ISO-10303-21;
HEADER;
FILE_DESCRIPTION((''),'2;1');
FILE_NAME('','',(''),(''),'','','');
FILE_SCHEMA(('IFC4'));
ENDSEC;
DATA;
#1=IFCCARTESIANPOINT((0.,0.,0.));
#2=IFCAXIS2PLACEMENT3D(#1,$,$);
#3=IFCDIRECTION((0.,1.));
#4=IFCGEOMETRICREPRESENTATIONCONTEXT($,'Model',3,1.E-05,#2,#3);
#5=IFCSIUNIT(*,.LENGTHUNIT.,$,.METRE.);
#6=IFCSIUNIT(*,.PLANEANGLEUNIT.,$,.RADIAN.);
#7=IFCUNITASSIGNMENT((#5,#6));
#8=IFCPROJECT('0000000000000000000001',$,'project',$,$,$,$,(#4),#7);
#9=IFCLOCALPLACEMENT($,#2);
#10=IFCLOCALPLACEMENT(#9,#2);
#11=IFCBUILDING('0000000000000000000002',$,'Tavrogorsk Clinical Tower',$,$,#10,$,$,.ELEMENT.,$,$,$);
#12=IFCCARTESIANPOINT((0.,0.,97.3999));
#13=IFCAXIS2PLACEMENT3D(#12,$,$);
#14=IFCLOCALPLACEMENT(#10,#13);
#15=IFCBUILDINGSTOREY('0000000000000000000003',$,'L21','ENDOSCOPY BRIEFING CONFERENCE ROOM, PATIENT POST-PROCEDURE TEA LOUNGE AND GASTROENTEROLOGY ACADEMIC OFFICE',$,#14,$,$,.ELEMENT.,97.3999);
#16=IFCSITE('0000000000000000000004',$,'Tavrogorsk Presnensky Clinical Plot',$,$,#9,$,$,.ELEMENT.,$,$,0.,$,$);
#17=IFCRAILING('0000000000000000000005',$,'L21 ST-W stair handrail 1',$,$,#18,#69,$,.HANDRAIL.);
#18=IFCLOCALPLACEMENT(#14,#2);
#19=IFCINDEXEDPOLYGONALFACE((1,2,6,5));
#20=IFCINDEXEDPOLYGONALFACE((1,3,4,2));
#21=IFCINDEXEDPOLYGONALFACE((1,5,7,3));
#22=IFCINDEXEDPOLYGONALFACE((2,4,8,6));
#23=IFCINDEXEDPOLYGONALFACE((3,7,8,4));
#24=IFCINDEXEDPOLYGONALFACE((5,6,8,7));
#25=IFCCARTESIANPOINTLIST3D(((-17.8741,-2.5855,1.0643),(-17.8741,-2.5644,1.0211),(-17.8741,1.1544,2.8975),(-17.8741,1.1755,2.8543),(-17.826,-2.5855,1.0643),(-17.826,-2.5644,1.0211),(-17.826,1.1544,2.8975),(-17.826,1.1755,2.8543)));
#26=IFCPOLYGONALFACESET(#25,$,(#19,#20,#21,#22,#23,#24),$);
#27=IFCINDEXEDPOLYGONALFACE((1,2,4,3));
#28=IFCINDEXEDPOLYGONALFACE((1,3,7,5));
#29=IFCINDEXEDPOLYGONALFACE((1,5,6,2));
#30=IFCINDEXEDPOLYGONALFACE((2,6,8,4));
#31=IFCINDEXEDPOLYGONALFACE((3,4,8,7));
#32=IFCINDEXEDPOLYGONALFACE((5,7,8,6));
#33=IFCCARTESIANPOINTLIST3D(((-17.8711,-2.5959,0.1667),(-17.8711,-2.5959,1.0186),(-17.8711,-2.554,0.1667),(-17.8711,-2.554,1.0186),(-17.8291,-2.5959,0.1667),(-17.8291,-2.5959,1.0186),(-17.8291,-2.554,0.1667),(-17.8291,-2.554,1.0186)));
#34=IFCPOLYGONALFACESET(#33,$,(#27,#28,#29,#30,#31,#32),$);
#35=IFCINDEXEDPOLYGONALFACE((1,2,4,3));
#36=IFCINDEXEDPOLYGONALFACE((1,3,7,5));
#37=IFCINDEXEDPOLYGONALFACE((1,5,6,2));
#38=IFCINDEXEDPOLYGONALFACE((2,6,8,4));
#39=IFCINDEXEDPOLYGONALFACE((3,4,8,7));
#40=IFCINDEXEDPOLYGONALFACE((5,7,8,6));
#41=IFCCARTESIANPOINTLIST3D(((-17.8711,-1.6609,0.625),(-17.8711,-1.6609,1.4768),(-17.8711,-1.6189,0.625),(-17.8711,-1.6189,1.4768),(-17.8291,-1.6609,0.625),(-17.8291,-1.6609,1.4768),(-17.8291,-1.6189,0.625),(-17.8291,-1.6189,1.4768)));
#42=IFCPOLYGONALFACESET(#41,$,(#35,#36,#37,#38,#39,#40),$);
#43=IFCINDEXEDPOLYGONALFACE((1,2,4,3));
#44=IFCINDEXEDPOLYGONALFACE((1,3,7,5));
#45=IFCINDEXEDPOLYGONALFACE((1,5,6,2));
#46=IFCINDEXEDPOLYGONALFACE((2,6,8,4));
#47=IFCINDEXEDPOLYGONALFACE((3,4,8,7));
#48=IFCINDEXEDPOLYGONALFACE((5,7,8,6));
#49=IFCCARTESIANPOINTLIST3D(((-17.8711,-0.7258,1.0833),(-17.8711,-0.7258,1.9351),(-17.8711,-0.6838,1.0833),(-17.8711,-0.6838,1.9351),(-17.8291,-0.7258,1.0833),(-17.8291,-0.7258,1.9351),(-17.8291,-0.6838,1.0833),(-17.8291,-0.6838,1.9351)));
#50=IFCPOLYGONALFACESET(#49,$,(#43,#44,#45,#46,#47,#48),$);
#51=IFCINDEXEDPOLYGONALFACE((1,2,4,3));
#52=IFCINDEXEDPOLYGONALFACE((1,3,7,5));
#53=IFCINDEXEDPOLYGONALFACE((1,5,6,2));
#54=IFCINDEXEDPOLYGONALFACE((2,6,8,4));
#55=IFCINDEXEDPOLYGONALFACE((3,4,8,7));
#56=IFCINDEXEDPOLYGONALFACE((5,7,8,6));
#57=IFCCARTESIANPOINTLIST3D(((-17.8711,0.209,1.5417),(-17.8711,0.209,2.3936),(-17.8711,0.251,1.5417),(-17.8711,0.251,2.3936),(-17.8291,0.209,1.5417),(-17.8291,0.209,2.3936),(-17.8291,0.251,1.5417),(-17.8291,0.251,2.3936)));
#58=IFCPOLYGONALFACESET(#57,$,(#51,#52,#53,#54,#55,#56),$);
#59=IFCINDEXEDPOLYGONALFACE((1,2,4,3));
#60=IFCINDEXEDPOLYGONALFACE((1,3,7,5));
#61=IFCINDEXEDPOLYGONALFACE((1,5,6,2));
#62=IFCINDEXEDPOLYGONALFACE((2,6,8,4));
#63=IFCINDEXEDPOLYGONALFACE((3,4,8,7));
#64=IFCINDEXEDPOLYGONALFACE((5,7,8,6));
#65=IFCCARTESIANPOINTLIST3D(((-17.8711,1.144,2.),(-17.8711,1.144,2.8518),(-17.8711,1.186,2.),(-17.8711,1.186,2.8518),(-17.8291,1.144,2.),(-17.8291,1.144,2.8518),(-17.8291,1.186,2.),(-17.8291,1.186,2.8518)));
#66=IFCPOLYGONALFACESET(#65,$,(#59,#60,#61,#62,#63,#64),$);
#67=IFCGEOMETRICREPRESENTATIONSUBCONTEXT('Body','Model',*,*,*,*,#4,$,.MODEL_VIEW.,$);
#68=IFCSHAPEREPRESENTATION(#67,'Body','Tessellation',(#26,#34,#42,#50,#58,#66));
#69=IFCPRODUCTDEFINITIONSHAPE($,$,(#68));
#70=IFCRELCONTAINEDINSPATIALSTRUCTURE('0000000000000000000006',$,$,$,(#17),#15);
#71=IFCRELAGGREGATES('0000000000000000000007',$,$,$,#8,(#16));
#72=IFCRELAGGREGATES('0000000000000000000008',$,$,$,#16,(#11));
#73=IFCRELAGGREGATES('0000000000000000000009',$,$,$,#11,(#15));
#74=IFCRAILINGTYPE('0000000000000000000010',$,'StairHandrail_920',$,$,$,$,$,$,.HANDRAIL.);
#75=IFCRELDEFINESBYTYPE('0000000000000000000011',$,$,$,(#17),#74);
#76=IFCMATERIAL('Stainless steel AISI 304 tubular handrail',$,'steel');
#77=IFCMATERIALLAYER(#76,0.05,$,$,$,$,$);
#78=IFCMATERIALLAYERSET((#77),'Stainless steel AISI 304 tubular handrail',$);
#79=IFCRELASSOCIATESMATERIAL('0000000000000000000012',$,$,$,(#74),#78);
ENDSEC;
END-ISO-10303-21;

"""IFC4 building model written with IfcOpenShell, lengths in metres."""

from ifc_helpers import new_model, si_unit, direction, frame, origin, origin_2d, place, context, subcontext, project, spatial, rectangle, extrude, material, layer, layer_set, type_object, element, save


model = new_model("IFC4")

# Units and contexts
model_context = context("Model", 3, precision=1e-05, world=origin(), true_north=direction((0.0, 1.0)))
body_context = subcontext(model_context, "Body", "Model", "MODEL_VIEW")
ifc_project = project(units=[si_unit("LENGTHUNIT", "METRE"), si_unit("PLANEANGLEUNIT", "RADIAN")], contexts=[model_context])

# Site, building, storey
site_placement = place(None, origin())
site = spatial("IfcSite", under=ifc_project, at=site_placement, Name="Tavrogorsk Presnensky Clinical Plot", CompositionType="ELEMENT", RefElevation=0.0)
building_placement = place(site_placement, origin())
building = spatial("IfcBuilding", under=site, at=building_placement, Name="Tavrogorsk Clinical Tower", CompositionType="ELEMENT")
storey_placement = place(building_placement, frame((0.0, 0.0, 97.3999)))
storey = spatial("IfcBuildingStorey", under=building, at=storey_placement, Name="L21", Description="ENDOSCOPY BRIEFING CONFERENCE ROOM, PATIENT POST-PROCEDURE TEA LOUNGE AND GASTROENTEROLOGY ACADEMIC OFFICE", CompositionType="ELEMENT", Elevation=97.3999)

# Railing
ifc_material_1 = material(Name="Stainless steel AISI 304 tubular handrail", Category="steel")
ifc_layer_1 = layer(ifc_material_1, 0.05)
ifc_layer_set_1 = layer_set([ifc_layer_1], Name="Stainless steel AISI 304 tubular handrail")
railing_type = type_object("IfcRailingType", Name="StairHandrail_920", PredefinedType="HANDRAIL", material=ifc_layer_set_1)
railing_placement = place(storey_placement, frame((-17.8501, -2.575, 0.1667)))
element("IfcRailing", 1, at=railing_placement, inside=storey, type_object=railing_type, Name="L21 ST-W stair handrail 1", PredefinedType="HANDRAIL", context=body_context, shape_type="SweptSolid", body=[
    extrude(rectangle(XDim=0.0481, YDim=0.0481, at=origin_2d()), frame((0.0, 0.0, 0.876), z_axis=(0.0, 0.897928, 0.440142), x_axis=(-1.0, 0.0, 0.0)), (0.0, 0.0, 1.0), 4.165),
    extrude(rectangle(XDim=0.042, YDim=0.042, at=origin_2d()), origin(), (0.0, 0.0, 1.0), 0.8518),
    extrude(rectangle(XDim=0.042, YDim=0.042, at=origin_2d()), frame((0.0, 0.9351, 0.4583)), (0.0, 0.0, 1.0), 0.8518),
    extrude(rectangle(XDim=0.042, YDim=0.042, at=origin_2d()), frame((0.0, 1.8701, 0.9165)), (0.0, 0.0, 1.0), 0.8518),
    extrude(rectangle(XDim=0.042, YDim=0.042, at=origin_2d()), frame((0.0, 2.8049, 1.375)), (0.0, 0.0, 1.0), 0.8518),
    extrude(rectangle(XDim=0.042, YDim=0.042, at=origin_2d()), frame((0.0, 3.74, 1.8333)), (0.0, 0.0, 1.0), 0.8518),
])

save(model, "model.ifc")
